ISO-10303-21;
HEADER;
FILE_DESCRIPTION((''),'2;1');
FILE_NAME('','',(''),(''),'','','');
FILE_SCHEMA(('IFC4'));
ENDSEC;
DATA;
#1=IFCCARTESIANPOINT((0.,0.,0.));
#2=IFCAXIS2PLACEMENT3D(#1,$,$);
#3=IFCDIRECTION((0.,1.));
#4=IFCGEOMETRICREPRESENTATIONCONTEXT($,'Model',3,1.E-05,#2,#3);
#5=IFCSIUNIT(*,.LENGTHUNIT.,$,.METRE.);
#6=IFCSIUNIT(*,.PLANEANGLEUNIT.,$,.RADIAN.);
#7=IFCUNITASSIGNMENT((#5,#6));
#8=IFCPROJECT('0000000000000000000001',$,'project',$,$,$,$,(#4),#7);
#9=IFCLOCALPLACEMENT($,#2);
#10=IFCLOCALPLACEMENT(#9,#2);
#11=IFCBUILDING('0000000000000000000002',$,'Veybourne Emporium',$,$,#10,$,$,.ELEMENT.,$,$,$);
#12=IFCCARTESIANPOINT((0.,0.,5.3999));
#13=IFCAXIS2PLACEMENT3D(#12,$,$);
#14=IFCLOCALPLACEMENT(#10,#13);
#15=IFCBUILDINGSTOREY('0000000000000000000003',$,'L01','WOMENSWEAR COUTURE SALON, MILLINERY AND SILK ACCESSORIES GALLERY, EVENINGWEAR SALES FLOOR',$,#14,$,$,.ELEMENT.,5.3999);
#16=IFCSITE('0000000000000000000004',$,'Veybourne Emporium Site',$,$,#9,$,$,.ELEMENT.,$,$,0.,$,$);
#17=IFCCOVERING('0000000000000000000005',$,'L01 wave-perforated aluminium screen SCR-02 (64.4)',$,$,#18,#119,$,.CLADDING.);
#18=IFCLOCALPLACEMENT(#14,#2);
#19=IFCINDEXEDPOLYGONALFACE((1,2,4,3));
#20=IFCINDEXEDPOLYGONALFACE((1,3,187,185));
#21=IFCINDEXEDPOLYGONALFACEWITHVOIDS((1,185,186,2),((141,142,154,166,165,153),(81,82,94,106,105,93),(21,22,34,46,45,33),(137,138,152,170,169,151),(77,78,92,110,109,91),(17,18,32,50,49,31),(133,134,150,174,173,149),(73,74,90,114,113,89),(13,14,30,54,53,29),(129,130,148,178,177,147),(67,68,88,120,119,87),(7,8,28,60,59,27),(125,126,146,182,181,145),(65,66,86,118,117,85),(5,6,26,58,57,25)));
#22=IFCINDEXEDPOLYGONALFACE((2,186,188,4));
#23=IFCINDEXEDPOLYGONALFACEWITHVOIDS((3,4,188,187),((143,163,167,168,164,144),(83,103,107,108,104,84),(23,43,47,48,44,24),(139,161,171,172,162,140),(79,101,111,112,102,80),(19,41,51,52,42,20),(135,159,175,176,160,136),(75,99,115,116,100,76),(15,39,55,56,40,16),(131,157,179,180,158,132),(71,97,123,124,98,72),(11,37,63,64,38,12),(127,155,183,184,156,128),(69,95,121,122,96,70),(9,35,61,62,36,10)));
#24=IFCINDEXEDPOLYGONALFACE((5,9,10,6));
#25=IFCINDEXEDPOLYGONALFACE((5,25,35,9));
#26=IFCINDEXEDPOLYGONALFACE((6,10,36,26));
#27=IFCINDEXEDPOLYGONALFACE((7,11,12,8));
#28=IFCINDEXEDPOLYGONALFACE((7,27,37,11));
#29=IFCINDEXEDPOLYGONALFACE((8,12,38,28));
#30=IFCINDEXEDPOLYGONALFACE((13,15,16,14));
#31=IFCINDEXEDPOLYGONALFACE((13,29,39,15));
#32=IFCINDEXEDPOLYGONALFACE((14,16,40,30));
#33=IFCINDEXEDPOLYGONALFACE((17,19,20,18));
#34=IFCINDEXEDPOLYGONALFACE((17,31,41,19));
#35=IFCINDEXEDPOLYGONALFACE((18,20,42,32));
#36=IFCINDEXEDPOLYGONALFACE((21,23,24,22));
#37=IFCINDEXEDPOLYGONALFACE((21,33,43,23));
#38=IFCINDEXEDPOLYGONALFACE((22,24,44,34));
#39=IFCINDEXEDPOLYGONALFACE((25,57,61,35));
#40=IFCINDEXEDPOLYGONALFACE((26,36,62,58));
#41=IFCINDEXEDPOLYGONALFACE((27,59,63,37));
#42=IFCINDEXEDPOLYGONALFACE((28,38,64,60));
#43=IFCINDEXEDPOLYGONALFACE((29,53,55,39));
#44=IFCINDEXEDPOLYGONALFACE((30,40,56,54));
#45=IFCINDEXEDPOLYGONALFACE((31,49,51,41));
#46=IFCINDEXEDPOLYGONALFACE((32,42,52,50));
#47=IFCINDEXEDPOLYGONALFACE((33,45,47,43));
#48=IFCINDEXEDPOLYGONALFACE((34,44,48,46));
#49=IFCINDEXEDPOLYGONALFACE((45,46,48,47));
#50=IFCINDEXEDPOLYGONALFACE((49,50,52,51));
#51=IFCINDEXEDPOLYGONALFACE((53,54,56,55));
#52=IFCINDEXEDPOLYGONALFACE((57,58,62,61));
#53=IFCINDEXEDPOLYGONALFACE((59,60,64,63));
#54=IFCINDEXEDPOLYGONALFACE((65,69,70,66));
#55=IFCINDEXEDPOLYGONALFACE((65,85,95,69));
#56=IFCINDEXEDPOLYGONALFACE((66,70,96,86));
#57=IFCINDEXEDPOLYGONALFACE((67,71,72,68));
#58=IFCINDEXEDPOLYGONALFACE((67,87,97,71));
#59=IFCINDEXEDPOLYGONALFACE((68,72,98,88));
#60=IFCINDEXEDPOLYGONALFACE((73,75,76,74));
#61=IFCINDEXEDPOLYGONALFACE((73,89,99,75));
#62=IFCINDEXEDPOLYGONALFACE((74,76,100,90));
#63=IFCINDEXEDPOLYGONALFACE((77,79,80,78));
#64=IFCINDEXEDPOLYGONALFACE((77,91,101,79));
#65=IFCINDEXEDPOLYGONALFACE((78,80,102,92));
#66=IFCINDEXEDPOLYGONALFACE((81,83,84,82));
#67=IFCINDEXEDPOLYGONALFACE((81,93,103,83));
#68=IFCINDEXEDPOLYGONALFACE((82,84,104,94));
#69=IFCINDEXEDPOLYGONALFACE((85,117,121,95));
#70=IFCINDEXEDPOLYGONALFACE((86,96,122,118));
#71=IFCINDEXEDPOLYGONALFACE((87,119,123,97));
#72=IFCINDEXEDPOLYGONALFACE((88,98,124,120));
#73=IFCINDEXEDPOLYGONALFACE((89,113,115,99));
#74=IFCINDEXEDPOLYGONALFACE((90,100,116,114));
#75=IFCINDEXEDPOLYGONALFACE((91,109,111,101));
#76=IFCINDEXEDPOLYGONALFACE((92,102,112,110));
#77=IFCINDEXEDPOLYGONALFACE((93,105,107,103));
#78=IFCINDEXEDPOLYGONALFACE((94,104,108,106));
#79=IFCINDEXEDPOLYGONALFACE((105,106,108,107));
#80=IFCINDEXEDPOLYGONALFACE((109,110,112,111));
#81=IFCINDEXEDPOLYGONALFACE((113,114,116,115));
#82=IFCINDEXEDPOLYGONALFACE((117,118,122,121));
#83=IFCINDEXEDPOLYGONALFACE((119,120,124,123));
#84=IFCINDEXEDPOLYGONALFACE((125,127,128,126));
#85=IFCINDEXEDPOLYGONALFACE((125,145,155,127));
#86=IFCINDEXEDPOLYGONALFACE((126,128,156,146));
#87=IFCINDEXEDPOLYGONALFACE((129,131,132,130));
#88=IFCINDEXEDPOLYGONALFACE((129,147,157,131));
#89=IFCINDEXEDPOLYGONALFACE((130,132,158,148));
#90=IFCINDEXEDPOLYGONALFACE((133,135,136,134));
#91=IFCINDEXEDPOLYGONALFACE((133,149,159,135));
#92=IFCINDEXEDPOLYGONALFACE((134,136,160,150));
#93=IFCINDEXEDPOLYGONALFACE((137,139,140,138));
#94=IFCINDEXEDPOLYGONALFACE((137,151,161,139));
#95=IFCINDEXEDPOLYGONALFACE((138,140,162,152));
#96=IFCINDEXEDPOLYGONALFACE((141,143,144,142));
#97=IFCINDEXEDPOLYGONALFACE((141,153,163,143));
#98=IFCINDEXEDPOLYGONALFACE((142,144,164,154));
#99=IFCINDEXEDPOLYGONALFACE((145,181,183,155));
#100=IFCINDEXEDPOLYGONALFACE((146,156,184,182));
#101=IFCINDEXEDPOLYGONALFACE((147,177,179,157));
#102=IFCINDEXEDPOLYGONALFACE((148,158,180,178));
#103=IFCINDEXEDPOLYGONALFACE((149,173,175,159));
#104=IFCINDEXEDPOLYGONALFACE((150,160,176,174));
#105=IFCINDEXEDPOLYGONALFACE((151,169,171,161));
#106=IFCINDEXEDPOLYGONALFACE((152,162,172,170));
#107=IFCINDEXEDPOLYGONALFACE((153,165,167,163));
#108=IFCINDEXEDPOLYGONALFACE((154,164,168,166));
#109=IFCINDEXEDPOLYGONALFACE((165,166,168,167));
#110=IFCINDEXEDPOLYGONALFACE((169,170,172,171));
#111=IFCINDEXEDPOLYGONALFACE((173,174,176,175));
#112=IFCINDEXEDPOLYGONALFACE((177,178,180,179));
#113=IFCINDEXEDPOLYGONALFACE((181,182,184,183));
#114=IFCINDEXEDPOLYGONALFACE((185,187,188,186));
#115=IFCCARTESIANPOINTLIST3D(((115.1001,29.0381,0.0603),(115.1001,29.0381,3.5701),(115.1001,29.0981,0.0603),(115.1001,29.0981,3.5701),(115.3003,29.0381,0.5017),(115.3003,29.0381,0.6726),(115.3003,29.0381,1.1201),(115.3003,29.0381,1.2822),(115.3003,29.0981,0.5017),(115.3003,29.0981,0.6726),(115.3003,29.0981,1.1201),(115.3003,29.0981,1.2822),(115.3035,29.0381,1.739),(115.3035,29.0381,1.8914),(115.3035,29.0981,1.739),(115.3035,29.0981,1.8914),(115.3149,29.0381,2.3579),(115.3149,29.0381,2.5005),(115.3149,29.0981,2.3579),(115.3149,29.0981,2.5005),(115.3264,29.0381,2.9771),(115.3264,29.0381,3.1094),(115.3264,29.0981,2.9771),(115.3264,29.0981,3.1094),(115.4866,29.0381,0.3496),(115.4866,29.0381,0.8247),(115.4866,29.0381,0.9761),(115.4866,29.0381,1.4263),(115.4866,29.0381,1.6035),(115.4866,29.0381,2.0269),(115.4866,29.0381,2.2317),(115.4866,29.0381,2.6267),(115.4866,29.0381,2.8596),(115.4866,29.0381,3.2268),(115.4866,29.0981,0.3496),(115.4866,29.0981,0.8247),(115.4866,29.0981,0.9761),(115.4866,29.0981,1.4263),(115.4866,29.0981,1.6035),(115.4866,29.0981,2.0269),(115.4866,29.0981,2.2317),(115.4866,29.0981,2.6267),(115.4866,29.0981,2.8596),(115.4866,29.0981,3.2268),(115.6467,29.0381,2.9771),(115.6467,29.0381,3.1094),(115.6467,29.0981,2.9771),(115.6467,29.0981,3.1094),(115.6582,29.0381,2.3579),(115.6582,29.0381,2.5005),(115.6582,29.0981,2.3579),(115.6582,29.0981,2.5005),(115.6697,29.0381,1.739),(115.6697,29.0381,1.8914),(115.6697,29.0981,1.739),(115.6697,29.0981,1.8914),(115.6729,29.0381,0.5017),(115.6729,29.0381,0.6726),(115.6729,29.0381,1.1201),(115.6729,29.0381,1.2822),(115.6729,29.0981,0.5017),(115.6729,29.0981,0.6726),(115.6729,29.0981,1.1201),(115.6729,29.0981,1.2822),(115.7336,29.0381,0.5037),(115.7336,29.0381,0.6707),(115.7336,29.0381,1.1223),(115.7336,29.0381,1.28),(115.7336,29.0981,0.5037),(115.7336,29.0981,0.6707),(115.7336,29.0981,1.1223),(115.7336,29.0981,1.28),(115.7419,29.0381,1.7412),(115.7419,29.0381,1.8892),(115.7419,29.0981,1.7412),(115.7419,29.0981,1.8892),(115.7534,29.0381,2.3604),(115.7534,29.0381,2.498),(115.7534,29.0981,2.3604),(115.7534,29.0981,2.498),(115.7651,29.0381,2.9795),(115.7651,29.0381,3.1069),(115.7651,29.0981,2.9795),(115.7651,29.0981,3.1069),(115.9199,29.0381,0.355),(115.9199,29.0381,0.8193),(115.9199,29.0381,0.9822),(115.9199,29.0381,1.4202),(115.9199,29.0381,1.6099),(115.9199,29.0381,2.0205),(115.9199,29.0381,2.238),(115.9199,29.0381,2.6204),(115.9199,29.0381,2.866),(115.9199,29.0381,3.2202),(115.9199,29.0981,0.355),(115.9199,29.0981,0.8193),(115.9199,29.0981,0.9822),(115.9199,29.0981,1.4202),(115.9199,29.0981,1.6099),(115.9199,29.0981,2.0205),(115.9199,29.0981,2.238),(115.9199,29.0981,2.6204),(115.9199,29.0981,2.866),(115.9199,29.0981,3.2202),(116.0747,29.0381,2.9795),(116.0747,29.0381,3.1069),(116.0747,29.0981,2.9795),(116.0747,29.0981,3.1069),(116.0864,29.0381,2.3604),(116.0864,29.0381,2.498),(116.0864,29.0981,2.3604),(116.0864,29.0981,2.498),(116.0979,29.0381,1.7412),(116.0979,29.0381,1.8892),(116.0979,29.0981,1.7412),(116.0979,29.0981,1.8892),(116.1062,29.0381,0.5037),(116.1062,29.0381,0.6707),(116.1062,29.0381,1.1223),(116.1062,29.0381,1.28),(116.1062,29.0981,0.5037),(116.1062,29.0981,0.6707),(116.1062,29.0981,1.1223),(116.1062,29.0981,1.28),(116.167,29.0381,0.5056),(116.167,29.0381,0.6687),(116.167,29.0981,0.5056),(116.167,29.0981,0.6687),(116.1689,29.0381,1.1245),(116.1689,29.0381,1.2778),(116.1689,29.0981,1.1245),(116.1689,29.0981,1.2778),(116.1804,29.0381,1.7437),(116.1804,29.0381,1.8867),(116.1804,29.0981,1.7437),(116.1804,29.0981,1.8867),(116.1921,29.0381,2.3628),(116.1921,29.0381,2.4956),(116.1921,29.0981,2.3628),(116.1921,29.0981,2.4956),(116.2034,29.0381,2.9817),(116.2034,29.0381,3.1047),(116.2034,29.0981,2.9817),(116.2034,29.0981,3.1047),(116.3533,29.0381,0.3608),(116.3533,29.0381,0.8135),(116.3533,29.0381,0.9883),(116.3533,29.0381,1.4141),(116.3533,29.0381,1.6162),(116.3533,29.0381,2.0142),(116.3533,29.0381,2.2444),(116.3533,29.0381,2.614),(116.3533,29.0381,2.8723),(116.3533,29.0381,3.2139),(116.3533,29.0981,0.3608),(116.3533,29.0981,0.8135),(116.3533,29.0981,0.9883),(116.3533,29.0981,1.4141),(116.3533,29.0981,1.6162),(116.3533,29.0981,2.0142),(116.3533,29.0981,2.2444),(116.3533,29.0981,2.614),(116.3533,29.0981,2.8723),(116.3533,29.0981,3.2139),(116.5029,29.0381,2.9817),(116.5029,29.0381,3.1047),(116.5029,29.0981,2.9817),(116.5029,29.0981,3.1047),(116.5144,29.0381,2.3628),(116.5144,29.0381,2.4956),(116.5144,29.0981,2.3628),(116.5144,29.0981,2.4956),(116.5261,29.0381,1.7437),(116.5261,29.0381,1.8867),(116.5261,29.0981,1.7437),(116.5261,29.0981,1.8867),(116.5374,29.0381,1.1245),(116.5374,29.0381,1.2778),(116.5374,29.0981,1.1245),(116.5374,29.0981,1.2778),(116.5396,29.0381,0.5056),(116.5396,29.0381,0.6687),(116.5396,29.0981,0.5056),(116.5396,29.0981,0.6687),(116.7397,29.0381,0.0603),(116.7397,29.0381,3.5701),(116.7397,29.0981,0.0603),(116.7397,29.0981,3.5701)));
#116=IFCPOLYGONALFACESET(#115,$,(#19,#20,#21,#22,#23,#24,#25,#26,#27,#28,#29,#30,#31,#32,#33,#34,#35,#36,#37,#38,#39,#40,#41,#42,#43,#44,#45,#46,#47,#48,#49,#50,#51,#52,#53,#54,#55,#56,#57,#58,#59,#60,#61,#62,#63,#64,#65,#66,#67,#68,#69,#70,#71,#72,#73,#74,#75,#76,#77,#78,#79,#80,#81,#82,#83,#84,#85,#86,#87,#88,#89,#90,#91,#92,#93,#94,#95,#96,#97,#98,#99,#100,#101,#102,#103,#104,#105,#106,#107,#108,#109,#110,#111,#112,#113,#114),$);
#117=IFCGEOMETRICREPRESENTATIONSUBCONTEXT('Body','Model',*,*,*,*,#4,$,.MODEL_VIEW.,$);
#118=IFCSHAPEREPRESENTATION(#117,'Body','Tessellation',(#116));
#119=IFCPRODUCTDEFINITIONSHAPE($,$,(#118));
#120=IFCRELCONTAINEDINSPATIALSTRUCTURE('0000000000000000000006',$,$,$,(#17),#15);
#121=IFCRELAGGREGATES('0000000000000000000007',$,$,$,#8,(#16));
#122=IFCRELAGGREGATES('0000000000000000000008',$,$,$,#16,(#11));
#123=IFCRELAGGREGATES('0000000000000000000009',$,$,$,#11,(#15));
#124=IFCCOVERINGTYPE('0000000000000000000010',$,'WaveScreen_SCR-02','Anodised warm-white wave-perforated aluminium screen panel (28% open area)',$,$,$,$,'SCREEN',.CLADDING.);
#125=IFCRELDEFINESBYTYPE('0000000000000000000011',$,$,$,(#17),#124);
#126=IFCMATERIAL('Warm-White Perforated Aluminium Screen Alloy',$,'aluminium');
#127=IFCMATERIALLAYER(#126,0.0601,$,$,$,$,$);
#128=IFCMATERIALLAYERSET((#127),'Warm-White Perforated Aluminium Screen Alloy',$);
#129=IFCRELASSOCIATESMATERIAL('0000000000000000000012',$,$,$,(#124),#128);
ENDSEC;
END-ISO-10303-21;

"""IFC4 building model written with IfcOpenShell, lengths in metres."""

from ifc_helpers import new_model, si_unit, direction, frame, origin, place, context, subcontext, project, spatial, polyline, outline, extrude, material, layer, layer_set, type_object, element, save


model = new_model("IFC4")

# Units and contexts
model_context = context("Model", 3, precision=1e-05, world=origin(), true_north=direction((0.0, 1.0)))
body_context = subcontext(model_context, "Body", "Model", "MODEL_VIEW")
ifc_project = project(units=[si_unit("LENGTHUNIT", "METRE"), si_unit("PLANEANGLEUNIT", "RADIAN")], contexts=[model_context])

# Site, building, storey
site_placement = place(None, origin())
site = spatial("IfcSite", under=ifc_project, at=site_placement, Name="Veybourne Emporium Site", CompositionType="ELEMENT", RefElevation=0.0)
building_placement = place(site_placement, origin())
building = spatial("IfcBuilding", under=site, at=building_placement, Name="Veybourne Emporium", CompositionType="ELEMENT")
storey_placement = place(building_placement, frame((0.0, 0.0, 5.3999)))
storey = spatial("IfcBuildingStorey", under=building, at=storey_placement, Name="L01", Description="WOMENSWEAR COUTURE SALON, MILLINERY AND SILK ACCESSORIES GALLERY, EVENINGWEAR SALES FLOOR", CompositionType="ELEMENT", Elevation=5.3999)

# Covering
ifc_material_1 = material(Name="Warm-White Perforated Aluminium Screen Alloy", Category="aluminium")
ifc_layer_1 = layer(ifc_material_1, 0.0601)
ifc_layer_set_1 = layer_set([ifc_layer_1], Name="Warm-White Perforated Aluminium Screen Alloy")
covering_type_1 = type_object("IfcCoveringType", Name="WaveScreen_SCR-02", Description="Anodised warm-white wave-perforated aluminium screen panel (28% open area)", ElementType="SCREEN", PredefinedType="CLADDING", material=ifc_layer_set_1)
covering_1_placement = place(storey_placement, frame((115.9199, 29.0981, 1.8152), z_axis=(0.0, -1.0, 0.0), x_axis=(1.0, 0.0, 0.0)))
element("IfcCovering", 1, at=covering_1_placement, inside=storey, type_object=covering_type_1, Name="L01 wave-perforated aluminium screen SCR-02 (64.4)", PredefinedType="CLADDING", context=body_context, shape_type="SweptSolid", body=[
    extrude(outline(polyline([(-0.8198, -1.7549), (0.8198, -1.7549), (0.8198, 1.7549), (-0.8198, 1.7549), (-0.8198, -1.7549)]), holes=[polyline([(-0.4333, -0.9905), (-0.2471, -1.1426), (-0.2471, -1.3135), (-0.4333, -1.4656), (-0.6196, -1.3135), (-0.6196, -1.1426), (-0.4333, -0.9905)]), polyline([(-0.4333, -0.3889), (-0.2471, -0.533), (-0.2471, -0.6951), (-0.4333, -0.8391), (-0.6196, -0.6951), (-0.6196, -0.533), (-0.4333, -0.3889)]), polyline([(-0.4333, 0.2117), (-0.2502, 0.0762), (-0.2502, -0.0762), (-0.4333, -0.2117), (-0.6165, -0.0762), (-0.6165, 0.0762), (-0.4333, 0.2117)]), polyline([(-0.4333, 0.8115), (-0.2617, 0.6853), (-0.2617, 0.5427), (-0.4333, 0.4165), (-0.605, 0.5427), (-0.605, 0.6853), (-0.4333, 0.8115)]), polyline([(-0.4333, 1.4116), (-0.2732, 1.2942), (-0.2732, 1.1619), (-0.4333, 1.0444), (-0.5935, 1.1619), (-0.5935, 1.2942), (-0.4333, 1.4116)]), polyline([(0.0, -0.9958), (0.1863, -1.1445), (0.1863, -1.3115), (0.0, -1.4602), (-0.1863, -1.3115), (-0.1863, -1.1445), (0.0, -0.9958)]), polyline([(0.0, -0.395), (0.1863, -0.5352), (0.1863, -0.6929), (0.0, -0.833), (-0.1863, -0.6929), (-0.1863, -0.5352), (0.0, -0.395)]), polyline([(0.0, 0.2053), (0.178, 0.074), (0.178, -0.074), (0.0, -0.2053), (-0.178, -0.074), (-0.178, 0.074), (0.0, 0.2053)]), polyline([(0.0, 0.8052), (0.1665, 0.6829), (0.1665, 0.5452), (0.0, 0.4229), (-0.1665, 0.5452), (-0.1665, 0.6829), (0.0, 0.8052)]), polyline([(0.0, 1.405), (0.1548, 1.2917), (0.1548, 1.1643), (0.0, 1.0508), (-0.1548, 1.1643), (-0.1548, 1.2917), (0.0, 1.405)]), polyline([(0.4333, -1.0017), (0.6196, -1.1465), (0.6196, -1.3096), (0.4333, -1.4543), (0.2471, -1.3096), (0.2471, -1.1465), (0.4333, -1.0017)]), polyline([(0.4333, -0.4011), (0.6174, -0.5374), (0.6174, -0.6907), (0.4333, -0.8269), (0.249, -0.6907), (0.249, -0.5374), (0.4333, -0.4011)]), polyline([(0.4333, 0.199), (0.6062, 0.0715), (0.6062, -0.0715), (0.4333, -0.199), (0.2605, -0.0715), (0.2605, 0.0715), (0.4333, 0.199)]), polyline([(0.4333, 0.7988), (0.5945, 0.6804), (0.5945, 0.5476), (0.4333, 0.4292), (0.2722, 0.5476), (0.2722, 0.6804), (0.4333, 0.7988)]), polyline([(0.4333, 1.3987), (0.583, 1.2896), (0.583, 1.1665), (0.4333, 1.0571), (0.2834, 1.1665), (0.2834, 1.2896), (0.4333, 1.3987)])]), origin(), (0.0, 0.0, 1.0), 0.0601),
])

save(model, "model.ifc")
